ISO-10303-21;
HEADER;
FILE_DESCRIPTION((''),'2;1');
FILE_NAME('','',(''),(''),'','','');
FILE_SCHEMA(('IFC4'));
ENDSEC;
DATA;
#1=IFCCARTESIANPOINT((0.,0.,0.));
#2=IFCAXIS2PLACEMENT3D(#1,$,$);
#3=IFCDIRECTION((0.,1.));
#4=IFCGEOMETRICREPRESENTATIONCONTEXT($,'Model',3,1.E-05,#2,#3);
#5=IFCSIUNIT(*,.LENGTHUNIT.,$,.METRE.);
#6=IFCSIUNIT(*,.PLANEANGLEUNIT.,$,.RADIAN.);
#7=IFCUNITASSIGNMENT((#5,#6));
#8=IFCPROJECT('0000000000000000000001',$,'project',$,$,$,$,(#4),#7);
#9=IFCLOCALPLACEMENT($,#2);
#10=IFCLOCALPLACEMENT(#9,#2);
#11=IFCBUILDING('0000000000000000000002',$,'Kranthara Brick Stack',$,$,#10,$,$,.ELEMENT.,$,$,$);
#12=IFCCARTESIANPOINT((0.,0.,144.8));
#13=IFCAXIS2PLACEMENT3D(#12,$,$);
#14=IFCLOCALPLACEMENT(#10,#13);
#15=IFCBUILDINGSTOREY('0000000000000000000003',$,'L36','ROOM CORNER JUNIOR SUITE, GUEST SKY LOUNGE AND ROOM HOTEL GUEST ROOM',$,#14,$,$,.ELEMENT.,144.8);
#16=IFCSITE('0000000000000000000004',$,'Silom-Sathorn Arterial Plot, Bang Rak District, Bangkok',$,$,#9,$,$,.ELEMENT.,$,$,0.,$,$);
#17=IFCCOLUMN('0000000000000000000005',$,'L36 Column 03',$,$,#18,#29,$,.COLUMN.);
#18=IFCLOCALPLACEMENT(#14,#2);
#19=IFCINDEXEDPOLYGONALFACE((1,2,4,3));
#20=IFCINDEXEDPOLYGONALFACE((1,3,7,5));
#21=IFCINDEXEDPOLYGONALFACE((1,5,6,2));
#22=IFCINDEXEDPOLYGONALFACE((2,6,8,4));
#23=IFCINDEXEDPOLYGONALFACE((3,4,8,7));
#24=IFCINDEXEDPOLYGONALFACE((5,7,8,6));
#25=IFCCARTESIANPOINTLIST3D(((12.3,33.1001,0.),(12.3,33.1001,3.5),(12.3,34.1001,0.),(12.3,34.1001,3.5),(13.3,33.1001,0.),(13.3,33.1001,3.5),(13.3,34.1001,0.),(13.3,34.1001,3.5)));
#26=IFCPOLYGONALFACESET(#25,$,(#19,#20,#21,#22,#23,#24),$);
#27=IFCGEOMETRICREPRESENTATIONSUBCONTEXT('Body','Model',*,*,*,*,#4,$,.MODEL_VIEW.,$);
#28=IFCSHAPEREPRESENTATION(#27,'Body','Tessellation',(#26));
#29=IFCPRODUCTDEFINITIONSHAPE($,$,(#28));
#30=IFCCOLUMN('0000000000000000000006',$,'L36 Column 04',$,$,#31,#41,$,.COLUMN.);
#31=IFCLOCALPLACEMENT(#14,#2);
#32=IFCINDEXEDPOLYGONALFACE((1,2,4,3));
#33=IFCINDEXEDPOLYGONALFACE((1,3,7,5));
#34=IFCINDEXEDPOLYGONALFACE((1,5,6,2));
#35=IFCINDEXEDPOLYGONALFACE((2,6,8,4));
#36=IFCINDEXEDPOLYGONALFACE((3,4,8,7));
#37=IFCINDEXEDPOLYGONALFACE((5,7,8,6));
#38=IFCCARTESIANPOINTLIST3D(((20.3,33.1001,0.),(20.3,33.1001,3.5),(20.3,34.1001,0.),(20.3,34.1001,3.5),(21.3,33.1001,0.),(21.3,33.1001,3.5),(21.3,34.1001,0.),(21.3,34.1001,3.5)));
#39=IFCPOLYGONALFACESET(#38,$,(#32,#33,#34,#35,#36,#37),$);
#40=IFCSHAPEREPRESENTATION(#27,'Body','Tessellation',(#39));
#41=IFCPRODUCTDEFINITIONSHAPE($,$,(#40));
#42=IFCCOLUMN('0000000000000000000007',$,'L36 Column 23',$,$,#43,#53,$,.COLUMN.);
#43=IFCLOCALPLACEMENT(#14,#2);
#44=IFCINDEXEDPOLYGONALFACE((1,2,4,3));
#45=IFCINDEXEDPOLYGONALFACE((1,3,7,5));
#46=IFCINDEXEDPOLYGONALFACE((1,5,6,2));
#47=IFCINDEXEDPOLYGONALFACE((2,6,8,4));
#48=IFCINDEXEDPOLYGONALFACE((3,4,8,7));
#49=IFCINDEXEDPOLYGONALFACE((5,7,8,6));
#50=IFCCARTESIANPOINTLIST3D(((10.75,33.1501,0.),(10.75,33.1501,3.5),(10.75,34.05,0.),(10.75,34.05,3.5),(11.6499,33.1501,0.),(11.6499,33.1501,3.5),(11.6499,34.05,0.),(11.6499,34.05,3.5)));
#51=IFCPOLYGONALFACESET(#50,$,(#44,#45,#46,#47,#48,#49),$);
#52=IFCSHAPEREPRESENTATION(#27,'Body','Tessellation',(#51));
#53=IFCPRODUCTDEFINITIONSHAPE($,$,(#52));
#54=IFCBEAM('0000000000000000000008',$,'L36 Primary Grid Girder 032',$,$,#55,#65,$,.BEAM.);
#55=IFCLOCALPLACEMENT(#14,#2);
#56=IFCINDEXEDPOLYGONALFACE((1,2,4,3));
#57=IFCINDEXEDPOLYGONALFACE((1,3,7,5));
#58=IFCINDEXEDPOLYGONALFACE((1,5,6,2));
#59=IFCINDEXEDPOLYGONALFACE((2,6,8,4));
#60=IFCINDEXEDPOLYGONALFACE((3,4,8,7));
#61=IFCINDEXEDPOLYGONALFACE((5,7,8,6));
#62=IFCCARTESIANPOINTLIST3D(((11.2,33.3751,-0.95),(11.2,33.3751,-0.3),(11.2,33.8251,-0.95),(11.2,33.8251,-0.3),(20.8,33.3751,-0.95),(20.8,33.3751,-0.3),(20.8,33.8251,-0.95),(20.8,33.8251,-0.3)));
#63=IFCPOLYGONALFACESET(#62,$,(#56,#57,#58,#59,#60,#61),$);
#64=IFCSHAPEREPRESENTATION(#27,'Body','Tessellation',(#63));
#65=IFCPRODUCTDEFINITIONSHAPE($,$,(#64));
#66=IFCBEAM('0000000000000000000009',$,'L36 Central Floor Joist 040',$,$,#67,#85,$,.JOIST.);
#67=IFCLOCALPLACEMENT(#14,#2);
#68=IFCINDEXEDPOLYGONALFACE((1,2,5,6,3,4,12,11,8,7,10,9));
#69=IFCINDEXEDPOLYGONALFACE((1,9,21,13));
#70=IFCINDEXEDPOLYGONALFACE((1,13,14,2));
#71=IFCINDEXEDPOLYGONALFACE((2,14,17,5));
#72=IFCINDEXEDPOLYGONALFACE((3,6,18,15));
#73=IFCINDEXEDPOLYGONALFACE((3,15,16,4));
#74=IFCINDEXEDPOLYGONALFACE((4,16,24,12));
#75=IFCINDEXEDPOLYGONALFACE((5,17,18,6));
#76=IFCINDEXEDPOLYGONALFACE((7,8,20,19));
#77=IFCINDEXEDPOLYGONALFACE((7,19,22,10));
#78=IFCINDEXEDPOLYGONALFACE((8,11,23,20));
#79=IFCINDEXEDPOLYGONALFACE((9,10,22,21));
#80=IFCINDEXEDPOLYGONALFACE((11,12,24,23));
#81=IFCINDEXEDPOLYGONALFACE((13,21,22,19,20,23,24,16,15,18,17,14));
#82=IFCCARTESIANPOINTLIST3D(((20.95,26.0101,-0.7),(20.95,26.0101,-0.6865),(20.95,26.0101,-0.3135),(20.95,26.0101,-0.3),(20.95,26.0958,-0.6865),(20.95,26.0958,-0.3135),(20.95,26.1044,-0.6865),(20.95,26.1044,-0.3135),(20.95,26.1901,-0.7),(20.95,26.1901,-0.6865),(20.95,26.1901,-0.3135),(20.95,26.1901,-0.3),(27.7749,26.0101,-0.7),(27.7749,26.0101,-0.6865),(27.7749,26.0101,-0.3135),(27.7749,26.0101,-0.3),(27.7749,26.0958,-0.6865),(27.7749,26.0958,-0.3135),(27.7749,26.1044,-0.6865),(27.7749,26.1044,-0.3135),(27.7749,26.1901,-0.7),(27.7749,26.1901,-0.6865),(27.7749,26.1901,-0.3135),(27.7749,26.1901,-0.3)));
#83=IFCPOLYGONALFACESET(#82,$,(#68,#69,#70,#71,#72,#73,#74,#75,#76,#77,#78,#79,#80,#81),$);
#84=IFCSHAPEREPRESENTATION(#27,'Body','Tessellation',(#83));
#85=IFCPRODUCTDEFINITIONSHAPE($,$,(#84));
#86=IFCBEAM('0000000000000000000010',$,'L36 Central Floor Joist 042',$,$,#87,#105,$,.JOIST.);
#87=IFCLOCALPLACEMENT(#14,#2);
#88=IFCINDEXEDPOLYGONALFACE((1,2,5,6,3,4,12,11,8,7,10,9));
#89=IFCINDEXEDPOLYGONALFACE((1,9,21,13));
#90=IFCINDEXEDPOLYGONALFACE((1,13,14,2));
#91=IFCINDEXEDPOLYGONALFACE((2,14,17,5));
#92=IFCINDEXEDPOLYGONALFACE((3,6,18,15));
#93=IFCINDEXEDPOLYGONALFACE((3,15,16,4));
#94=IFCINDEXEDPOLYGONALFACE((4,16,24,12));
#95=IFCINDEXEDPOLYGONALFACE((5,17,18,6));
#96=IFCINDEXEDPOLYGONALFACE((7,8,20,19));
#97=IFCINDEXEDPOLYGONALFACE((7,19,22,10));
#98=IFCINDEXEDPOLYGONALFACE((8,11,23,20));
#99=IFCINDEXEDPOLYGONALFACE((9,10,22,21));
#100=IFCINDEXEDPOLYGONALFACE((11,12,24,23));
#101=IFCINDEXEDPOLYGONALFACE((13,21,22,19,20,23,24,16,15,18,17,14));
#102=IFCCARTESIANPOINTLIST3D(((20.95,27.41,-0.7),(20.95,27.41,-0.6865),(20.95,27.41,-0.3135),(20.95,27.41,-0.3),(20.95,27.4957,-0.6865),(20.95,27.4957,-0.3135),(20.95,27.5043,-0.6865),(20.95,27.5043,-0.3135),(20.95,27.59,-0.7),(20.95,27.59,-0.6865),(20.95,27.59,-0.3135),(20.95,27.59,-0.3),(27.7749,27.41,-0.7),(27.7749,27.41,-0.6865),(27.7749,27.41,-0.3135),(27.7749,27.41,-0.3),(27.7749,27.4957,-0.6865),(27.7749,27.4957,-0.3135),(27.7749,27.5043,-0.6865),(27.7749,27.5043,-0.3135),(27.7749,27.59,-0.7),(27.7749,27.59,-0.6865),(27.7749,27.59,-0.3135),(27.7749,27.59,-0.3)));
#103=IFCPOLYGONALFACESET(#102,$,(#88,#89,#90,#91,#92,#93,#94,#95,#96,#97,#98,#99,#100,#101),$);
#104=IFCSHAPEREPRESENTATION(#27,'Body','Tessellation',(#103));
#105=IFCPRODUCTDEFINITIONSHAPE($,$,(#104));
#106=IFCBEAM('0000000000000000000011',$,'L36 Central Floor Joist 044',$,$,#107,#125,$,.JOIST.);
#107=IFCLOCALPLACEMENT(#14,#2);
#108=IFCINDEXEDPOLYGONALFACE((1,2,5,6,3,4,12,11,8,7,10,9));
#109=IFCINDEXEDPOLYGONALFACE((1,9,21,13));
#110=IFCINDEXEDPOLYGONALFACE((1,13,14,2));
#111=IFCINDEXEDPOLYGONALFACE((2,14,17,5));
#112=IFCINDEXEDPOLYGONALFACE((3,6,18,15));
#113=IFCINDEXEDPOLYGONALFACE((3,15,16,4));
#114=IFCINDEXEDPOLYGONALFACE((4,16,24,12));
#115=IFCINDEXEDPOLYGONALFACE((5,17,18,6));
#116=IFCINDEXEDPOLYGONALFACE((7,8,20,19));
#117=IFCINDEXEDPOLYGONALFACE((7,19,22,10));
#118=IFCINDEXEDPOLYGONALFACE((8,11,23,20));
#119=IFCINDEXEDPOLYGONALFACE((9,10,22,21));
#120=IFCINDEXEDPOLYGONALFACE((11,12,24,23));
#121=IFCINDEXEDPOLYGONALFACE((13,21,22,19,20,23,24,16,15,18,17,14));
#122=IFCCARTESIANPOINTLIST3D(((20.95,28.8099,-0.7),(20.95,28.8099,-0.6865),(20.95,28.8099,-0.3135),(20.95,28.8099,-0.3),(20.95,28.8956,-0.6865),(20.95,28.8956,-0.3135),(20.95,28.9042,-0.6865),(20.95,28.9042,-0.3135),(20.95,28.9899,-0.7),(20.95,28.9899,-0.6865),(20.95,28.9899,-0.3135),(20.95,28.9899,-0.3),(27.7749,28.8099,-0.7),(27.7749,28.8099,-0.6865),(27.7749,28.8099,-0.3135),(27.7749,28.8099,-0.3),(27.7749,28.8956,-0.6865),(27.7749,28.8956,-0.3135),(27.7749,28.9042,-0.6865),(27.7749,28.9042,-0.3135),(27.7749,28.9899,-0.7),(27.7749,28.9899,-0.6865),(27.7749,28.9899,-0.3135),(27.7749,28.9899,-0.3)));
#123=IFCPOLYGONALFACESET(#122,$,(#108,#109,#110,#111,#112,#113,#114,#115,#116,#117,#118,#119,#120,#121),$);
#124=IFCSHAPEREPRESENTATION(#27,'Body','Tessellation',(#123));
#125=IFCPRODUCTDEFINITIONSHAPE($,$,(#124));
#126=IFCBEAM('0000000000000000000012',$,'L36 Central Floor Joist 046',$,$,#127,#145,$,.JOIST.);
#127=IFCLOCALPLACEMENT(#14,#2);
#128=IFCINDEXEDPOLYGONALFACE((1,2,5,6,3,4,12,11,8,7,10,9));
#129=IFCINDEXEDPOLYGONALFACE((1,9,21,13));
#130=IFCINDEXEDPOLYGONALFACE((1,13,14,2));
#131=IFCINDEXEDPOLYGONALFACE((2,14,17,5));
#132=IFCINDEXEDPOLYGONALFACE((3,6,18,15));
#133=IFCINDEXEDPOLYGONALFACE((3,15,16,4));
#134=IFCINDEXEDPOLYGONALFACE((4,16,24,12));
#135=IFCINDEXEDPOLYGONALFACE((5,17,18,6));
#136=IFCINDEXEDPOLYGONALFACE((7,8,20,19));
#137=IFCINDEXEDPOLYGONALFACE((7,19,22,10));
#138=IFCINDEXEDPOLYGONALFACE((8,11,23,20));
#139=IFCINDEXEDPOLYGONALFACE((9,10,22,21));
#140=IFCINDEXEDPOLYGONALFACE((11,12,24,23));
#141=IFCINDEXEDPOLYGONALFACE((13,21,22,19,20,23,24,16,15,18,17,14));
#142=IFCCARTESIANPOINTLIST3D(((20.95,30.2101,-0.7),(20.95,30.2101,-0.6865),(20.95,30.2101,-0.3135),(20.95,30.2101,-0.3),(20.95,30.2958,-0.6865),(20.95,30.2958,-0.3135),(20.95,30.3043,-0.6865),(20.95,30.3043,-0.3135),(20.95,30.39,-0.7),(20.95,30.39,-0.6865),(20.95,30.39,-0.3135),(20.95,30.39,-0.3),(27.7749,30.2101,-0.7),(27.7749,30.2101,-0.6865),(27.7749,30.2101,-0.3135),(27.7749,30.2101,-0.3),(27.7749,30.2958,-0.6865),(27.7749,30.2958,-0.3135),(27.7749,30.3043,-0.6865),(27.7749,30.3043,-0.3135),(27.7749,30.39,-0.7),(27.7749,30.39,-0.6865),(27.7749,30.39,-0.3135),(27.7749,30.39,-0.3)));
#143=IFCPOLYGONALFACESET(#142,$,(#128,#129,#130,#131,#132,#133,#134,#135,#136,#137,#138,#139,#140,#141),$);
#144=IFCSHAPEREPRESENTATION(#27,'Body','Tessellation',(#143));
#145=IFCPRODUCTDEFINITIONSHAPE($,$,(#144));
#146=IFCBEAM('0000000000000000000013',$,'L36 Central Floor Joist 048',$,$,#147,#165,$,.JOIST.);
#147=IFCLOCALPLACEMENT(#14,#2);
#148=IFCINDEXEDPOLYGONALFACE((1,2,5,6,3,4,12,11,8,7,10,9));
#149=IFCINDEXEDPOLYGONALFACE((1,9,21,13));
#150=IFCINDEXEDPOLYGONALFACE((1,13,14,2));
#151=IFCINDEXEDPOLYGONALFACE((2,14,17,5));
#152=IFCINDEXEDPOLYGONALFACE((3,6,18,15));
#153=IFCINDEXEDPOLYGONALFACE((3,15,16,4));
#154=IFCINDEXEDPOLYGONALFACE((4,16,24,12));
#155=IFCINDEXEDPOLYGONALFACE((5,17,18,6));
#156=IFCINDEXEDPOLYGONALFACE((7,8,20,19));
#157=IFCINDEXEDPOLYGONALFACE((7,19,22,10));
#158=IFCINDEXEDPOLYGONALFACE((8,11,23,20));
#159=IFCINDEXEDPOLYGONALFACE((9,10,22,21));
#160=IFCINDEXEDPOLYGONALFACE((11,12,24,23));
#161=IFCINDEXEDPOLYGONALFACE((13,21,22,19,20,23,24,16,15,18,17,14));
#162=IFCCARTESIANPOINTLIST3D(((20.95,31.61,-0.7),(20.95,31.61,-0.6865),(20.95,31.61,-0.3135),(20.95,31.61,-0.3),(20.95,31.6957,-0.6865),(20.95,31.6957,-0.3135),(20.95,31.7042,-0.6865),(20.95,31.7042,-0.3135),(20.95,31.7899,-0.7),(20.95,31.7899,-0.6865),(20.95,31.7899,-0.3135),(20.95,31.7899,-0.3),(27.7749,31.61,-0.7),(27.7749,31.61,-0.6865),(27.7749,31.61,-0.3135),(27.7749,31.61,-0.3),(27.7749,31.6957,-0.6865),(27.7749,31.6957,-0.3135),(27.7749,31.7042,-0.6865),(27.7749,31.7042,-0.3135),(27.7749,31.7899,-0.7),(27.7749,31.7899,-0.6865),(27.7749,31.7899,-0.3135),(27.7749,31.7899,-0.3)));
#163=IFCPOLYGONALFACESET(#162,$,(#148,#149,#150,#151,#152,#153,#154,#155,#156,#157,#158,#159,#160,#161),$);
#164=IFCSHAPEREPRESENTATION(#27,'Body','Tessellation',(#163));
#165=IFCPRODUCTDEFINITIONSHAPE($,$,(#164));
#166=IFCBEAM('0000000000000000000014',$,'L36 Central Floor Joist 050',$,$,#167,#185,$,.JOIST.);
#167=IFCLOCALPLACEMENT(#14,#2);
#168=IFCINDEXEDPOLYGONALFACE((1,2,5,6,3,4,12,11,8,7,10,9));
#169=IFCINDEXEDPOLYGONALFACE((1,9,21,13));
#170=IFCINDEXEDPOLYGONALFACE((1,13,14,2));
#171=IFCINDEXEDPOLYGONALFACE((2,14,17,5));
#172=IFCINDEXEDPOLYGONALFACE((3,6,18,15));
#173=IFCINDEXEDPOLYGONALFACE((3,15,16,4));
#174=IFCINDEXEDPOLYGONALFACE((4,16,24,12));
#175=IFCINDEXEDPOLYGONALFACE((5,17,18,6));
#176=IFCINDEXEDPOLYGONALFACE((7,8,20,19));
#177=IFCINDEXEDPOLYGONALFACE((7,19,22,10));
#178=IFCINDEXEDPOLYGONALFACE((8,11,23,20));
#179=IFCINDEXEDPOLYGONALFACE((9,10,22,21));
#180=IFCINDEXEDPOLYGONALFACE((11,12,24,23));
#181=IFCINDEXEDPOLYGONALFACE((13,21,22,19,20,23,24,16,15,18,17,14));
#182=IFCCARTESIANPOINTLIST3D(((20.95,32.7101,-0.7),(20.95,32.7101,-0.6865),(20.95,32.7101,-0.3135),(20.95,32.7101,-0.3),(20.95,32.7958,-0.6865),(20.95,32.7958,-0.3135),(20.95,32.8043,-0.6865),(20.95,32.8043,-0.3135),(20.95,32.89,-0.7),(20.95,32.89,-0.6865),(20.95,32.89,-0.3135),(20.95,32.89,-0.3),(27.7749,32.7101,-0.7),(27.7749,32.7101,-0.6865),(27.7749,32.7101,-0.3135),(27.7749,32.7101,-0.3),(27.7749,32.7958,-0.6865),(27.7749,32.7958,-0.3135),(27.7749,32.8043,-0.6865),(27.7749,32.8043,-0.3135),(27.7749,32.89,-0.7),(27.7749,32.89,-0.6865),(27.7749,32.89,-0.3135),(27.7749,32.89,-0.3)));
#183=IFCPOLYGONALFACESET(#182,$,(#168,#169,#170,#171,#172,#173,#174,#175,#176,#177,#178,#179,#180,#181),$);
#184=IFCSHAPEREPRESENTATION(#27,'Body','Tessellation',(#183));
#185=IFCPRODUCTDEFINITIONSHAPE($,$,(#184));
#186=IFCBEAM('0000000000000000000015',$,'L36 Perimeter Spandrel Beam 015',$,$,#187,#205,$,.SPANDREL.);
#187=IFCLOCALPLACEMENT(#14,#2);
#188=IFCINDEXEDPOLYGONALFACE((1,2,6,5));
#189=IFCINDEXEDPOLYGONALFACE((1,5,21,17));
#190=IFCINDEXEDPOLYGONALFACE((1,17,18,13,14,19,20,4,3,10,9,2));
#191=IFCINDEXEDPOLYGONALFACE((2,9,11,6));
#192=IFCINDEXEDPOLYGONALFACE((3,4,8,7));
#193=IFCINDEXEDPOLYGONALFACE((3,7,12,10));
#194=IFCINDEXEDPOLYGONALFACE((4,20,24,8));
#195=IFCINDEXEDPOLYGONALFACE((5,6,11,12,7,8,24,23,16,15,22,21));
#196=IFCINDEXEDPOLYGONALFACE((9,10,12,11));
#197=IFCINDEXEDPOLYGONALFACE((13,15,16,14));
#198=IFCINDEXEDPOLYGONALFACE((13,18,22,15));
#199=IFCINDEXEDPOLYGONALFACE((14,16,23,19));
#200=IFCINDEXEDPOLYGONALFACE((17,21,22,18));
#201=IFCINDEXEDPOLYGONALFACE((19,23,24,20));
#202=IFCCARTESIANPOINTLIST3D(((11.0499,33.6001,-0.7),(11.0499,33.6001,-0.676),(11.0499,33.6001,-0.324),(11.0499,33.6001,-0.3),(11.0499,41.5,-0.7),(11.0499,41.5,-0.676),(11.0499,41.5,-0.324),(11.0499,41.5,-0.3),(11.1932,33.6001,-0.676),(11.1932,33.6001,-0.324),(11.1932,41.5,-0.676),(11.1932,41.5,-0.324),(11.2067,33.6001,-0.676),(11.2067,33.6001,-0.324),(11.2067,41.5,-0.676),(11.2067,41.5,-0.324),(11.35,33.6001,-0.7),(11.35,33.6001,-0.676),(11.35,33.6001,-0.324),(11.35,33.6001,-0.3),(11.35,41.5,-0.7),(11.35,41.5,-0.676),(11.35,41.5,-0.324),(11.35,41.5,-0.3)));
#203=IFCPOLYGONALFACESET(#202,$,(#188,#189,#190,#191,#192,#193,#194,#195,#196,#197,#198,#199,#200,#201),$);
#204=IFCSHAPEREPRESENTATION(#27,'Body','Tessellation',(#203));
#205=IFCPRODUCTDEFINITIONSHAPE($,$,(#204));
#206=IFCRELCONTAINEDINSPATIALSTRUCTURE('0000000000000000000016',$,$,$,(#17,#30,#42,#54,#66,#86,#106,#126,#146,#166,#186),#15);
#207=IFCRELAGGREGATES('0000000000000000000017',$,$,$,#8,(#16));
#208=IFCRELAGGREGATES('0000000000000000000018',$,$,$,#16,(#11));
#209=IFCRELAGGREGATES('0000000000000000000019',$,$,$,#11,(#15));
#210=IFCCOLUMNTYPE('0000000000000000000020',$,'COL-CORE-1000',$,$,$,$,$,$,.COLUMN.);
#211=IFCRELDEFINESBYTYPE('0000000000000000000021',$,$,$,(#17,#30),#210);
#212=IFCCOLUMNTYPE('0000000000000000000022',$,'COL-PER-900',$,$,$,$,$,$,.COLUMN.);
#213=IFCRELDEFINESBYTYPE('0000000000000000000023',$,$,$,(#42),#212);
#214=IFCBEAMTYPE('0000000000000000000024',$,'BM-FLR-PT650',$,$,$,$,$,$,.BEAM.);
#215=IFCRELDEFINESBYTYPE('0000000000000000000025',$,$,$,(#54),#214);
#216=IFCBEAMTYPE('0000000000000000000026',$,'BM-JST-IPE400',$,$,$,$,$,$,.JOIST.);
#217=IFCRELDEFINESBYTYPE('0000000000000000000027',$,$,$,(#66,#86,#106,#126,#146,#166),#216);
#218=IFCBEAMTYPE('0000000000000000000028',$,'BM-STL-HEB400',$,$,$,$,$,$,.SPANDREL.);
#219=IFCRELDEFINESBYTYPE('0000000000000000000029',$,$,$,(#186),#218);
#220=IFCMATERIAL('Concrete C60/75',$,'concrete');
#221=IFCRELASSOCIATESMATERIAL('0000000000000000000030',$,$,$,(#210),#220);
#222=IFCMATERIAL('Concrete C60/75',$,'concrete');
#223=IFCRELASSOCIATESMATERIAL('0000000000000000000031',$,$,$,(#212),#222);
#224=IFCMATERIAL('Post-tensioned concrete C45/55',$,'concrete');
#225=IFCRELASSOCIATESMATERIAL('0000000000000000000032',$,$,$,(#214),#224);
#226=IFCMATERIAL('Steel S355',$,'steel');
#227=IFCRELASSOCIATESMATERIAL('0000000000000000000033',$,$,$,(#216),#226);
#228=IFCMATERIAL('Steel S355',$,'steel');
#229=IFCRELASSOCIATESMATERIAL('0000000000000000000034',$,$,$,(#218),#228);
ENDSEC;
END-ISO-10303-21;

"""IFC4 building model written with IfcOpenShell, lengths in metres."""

from ifc_helpers import new_model, si_unit, direction, frame, origin, origin_2d, place, context, subcontext, project, spatial, rectangle, i_section, extrude, material, material_profile, profile_set, type_object, element, save


model = new_model("IFC4")

# Units and contexts
model_context = context("Model", 3, precision=1e-05, world=origin(), true_north=direction((0.0, 1.0)))
body_context = subcontext(model_context, "Body", "Model", "MODEL_VIEW")
ifc_project = project(units=[si_unit("LENGTHUNIT", "METRE"), si_unit("PLANEANGLEUNIT", "RADIAN")], contexts=[model_context])

# Site, building, storey
site_placement = place(None, origin())
site = spatial("IfcSite", under=ifc_project, at=site_placement, Name="Silom-Sathorn Arterial Plot, Bang Rak District, Bangkok", CompositionType="ELEMENT", RefElevation=0.0)
building_placement = place(site_placement, origin())
building = spatial("IfcBuilding", under=site, at=building_placement, Name="Kranthara Brick Stack", CompositionType="ELEMENT")
storey_placement = place(building_placement, frame((0.0, 0.0, 144.8)))
storey = spatial("IfcBuildingStorey", under=building, at=storey_placement, Name="L36", Description="ROOM CORNER JUNIOR SUITE, GUEST SKY LOUNGE AND ROOM HOTEL GUEST ROOM", CompositionType="ELEMENT", Elevation=144.8)

# Columns
ifc_material_1 = material(Name="Concrete C60/75", Category="concrete")
ifc_material_profile_1 = material_profile(ifc_material_1, rectangle(XDim=1.0, YDim=1.0, at=origin_2d()), Name="RC 1000x1000")
ifc_profile_set_1 = profile_set([ifc_material_profile_1], Name="Concrete C60/75")
column_type_1 = type_object("IfcColumnType", Name="COL-CORE-1000", PredefinedType="COLUMN", material=ifc_profile_set_1)
for number, where, z_axis, x_axis, name in (
    (1, (12.8, 33.6001, 0.0), (0.0, 0.0, 1.0), (1.0, 0.0, 0.0), "L36 Column 03"),
    (2, (20.8, 33.6001, 0.0), (0.0, 0.0, 1.0), (1.0, 0.0, 0.0), "L36 Column 04"),
):
    element("IfcColumn", number, at=place(storey_placement, frame(where, z_axis=z_axis, x_axis=x_axis)), inside=storey, type_object=column_type_1, Name=name, PredefinedType="COLUMN", context=body_context, shape_type="SweptSolid", body=[
        extrude(rectangle(XDim=1.0, YDim=1.0, at=origin_2d()), origin(), (0.0, 0.0, 1.0), 3.5),
    ])
ifc_material_2 = material(Name="Concrete C60/75", Category="concrete")
ifc_material_profile_2 = material_profile(ifc_material_2, rectangle(XDim=0.8999, YDim=0.8999, at=origin_2d()), Name="RC 900x900")
ifc_profile_set_2 = profile_set([ifc_material_profile_2], Name="Concrete C60/75")
column_type_2 = type_object("IfcColumnType", Name="COL-PER-900", PredefinedType="COLUMN", material=ifc_profile_set_2)
column_placement = place(storey_placement, frame((11.2, 33.6001, 0.0), z_axis=(0.0, 0.0, 1.0), x_axis=(1.0, 0.0, 0.0)))
element("IfcColumn", 3, at=column_placement, inside=storey, type_object=column_type_2, Name="L36 Column 23", PredefinedType="COLUMN", context=body_context, shape_type="SweptSolid", body=[
    extrude(rectangle(XDim=0.8999, YDim=0.8999, at=origin_2d()), origin(), (0.0, 0.0, 1.0), 3.5),
])

# Beams
ifc_material_3 = material(Name="Post-tensioned concrete C45/55", Category="concrete")
ifc_material_profile_3 = material_profile(ifc_material_3, rectangle(XDim=0.45, YDim=0.6499, at=origin_2d()), Name="PT 450x650")
ifc_profile_set_3 = profile_set([ifc_material_profile_3], Name="Post-tensioned concrete C45/55")
beam_type_1 = type_object("IfcBeamType", Name="BM-FLR-PT650", PredefinedType="BEAM", material=ifc_profile_set_3)
beam_1_placement = place(storey_placement, frame((11.2, 33.6001, -0.625), z_axis=(1.0, 0.0, 0.0), x_axis=(0.0, 1.0, 0.0)))
element("IfcBeam", 4, at=beam_1_placement, inside=storey, type_object=beam_type_1, Name="L36 Primary Grid Girder 032", PredefinedType="BEAM", context=body_context, shape_type="SweptSolid", body=[
    extrude(rectangle(XDim=0.45, YDim=0.6499, at=origin_2d()), origin(), (0.0, 0.0, 1.0), 9.6001),
])
ifc_material_4 = material(Name="Steel S355", Category="steel")
ifc_material_profile_4 = material_profile(ifc_material_4, i_section(OverallWidth=0.1799, OverallDepth=0.3999, WebThickness=0.0085, FlangeThickness=0.0134, at=origin_2d()), Name="IPE 400")
ifc_profile_set_4 = profile_set([ifc_material_profile_4], Name="Steel S355")
beam_type_2 = type_object("IfcBeamType", Name="BM-JST-IPE400", PredefinedType="JOIST", material=ifc_profile_set_4)
for number, where, z_axis, x_axis, name in (
    (5, (20.95, 26.1001, -0.5), (1.0, 0.0, 0.0), (0.0, 1.0, 0.0), "L36 Central Floor Joist 040"),
    (6, (20.95, 27.5, -0.5), (1.0, 0.0, 0.0), (0.0, 1.0, 0.0), "L36 Central Floor Joist 042"),
    (7, (20.95, 28.8999, -0.5), (1.0, 0.0, 0.0), (0.0, 1.0, 0.0), "L36 Central Floor Joist 044"),
    (8, (20.95, 30.3, -0.5), (1.0, 0.0, 0.0), (0.0, 1.0, 0.0), "L36 Central Floor Joist 046"),
    (9, (20.95, 31.7, -0.5), (1.0, 0.0, 0.0), (0.0, 1.0, 0.0), "L36 Central Floor Joist 048"),
    (10, (20.95, 32.8, -0.5), (1.0, 0.0, 0.0), (0.0, 1.0, 0.0), "L36 Central Floor Joist 050"),
):
    element("IfcBeam", number, at=place(storey_placement, frame(where, z_axis=z_axis, x_axis=x_axis)), inside=storey, type_object=beam_type_2, Name=name, PredefinedType="JOIST", context=body_context, shape_type="SweptSolid", body=[
        extrude(i_section(OverallWidth=0.1799, OverallDepth=0.3999, WebThickness=0.0085, FlangeThickness=0.0134, at=origin_2d()), origin(), (0.0, 0.0, 1.0), 6.825),
    ])
ifc_material_5 = material(Name="Steel S355", Category="steel")
ifc_material_profile_5 = material_profile(ifc_material_5, i_section(OverallWidth=0.3, OverallDepth=0.3999, WebThickness=0.0134, FlangeThickness=0.0239, at=origin_2d()), Name="HEB 400")
ifc_profile_set_5 = profile_set([ifc_material_profile_5], Name="Steel S355")
beam_type_3 = type_object("IfcBeamType", Name="BM-STL-HEB400", PredefinedType="SPANDREL", material=ifc_profile_set_5)
beam_2_placement = place(storey_placement, frame((11.2, 33.6001, -0.5), z_axis=(0.0, 1.0, 0.0), x_axis=(-1.0, 0.0, 0.0)))
element("IfcBeam", 11, at=beam_2_placement, inside=storey, type_object=beam_type_3, Name="L36 Perimeter Spandrel Beam 015", PredefinedType="SPANDREL", context=body_context, shape_type="SweptSolid", body=[
    extrude(i_section(OverallWidth=0.3, OverallDepth=0.3999, WebThickness=0.0134, FlangeThickness=0.0239, at=origin_2d()), origin(), (0.0, 0.0, 1.0), 7.8999),
])

save(model, "model.ifc")
